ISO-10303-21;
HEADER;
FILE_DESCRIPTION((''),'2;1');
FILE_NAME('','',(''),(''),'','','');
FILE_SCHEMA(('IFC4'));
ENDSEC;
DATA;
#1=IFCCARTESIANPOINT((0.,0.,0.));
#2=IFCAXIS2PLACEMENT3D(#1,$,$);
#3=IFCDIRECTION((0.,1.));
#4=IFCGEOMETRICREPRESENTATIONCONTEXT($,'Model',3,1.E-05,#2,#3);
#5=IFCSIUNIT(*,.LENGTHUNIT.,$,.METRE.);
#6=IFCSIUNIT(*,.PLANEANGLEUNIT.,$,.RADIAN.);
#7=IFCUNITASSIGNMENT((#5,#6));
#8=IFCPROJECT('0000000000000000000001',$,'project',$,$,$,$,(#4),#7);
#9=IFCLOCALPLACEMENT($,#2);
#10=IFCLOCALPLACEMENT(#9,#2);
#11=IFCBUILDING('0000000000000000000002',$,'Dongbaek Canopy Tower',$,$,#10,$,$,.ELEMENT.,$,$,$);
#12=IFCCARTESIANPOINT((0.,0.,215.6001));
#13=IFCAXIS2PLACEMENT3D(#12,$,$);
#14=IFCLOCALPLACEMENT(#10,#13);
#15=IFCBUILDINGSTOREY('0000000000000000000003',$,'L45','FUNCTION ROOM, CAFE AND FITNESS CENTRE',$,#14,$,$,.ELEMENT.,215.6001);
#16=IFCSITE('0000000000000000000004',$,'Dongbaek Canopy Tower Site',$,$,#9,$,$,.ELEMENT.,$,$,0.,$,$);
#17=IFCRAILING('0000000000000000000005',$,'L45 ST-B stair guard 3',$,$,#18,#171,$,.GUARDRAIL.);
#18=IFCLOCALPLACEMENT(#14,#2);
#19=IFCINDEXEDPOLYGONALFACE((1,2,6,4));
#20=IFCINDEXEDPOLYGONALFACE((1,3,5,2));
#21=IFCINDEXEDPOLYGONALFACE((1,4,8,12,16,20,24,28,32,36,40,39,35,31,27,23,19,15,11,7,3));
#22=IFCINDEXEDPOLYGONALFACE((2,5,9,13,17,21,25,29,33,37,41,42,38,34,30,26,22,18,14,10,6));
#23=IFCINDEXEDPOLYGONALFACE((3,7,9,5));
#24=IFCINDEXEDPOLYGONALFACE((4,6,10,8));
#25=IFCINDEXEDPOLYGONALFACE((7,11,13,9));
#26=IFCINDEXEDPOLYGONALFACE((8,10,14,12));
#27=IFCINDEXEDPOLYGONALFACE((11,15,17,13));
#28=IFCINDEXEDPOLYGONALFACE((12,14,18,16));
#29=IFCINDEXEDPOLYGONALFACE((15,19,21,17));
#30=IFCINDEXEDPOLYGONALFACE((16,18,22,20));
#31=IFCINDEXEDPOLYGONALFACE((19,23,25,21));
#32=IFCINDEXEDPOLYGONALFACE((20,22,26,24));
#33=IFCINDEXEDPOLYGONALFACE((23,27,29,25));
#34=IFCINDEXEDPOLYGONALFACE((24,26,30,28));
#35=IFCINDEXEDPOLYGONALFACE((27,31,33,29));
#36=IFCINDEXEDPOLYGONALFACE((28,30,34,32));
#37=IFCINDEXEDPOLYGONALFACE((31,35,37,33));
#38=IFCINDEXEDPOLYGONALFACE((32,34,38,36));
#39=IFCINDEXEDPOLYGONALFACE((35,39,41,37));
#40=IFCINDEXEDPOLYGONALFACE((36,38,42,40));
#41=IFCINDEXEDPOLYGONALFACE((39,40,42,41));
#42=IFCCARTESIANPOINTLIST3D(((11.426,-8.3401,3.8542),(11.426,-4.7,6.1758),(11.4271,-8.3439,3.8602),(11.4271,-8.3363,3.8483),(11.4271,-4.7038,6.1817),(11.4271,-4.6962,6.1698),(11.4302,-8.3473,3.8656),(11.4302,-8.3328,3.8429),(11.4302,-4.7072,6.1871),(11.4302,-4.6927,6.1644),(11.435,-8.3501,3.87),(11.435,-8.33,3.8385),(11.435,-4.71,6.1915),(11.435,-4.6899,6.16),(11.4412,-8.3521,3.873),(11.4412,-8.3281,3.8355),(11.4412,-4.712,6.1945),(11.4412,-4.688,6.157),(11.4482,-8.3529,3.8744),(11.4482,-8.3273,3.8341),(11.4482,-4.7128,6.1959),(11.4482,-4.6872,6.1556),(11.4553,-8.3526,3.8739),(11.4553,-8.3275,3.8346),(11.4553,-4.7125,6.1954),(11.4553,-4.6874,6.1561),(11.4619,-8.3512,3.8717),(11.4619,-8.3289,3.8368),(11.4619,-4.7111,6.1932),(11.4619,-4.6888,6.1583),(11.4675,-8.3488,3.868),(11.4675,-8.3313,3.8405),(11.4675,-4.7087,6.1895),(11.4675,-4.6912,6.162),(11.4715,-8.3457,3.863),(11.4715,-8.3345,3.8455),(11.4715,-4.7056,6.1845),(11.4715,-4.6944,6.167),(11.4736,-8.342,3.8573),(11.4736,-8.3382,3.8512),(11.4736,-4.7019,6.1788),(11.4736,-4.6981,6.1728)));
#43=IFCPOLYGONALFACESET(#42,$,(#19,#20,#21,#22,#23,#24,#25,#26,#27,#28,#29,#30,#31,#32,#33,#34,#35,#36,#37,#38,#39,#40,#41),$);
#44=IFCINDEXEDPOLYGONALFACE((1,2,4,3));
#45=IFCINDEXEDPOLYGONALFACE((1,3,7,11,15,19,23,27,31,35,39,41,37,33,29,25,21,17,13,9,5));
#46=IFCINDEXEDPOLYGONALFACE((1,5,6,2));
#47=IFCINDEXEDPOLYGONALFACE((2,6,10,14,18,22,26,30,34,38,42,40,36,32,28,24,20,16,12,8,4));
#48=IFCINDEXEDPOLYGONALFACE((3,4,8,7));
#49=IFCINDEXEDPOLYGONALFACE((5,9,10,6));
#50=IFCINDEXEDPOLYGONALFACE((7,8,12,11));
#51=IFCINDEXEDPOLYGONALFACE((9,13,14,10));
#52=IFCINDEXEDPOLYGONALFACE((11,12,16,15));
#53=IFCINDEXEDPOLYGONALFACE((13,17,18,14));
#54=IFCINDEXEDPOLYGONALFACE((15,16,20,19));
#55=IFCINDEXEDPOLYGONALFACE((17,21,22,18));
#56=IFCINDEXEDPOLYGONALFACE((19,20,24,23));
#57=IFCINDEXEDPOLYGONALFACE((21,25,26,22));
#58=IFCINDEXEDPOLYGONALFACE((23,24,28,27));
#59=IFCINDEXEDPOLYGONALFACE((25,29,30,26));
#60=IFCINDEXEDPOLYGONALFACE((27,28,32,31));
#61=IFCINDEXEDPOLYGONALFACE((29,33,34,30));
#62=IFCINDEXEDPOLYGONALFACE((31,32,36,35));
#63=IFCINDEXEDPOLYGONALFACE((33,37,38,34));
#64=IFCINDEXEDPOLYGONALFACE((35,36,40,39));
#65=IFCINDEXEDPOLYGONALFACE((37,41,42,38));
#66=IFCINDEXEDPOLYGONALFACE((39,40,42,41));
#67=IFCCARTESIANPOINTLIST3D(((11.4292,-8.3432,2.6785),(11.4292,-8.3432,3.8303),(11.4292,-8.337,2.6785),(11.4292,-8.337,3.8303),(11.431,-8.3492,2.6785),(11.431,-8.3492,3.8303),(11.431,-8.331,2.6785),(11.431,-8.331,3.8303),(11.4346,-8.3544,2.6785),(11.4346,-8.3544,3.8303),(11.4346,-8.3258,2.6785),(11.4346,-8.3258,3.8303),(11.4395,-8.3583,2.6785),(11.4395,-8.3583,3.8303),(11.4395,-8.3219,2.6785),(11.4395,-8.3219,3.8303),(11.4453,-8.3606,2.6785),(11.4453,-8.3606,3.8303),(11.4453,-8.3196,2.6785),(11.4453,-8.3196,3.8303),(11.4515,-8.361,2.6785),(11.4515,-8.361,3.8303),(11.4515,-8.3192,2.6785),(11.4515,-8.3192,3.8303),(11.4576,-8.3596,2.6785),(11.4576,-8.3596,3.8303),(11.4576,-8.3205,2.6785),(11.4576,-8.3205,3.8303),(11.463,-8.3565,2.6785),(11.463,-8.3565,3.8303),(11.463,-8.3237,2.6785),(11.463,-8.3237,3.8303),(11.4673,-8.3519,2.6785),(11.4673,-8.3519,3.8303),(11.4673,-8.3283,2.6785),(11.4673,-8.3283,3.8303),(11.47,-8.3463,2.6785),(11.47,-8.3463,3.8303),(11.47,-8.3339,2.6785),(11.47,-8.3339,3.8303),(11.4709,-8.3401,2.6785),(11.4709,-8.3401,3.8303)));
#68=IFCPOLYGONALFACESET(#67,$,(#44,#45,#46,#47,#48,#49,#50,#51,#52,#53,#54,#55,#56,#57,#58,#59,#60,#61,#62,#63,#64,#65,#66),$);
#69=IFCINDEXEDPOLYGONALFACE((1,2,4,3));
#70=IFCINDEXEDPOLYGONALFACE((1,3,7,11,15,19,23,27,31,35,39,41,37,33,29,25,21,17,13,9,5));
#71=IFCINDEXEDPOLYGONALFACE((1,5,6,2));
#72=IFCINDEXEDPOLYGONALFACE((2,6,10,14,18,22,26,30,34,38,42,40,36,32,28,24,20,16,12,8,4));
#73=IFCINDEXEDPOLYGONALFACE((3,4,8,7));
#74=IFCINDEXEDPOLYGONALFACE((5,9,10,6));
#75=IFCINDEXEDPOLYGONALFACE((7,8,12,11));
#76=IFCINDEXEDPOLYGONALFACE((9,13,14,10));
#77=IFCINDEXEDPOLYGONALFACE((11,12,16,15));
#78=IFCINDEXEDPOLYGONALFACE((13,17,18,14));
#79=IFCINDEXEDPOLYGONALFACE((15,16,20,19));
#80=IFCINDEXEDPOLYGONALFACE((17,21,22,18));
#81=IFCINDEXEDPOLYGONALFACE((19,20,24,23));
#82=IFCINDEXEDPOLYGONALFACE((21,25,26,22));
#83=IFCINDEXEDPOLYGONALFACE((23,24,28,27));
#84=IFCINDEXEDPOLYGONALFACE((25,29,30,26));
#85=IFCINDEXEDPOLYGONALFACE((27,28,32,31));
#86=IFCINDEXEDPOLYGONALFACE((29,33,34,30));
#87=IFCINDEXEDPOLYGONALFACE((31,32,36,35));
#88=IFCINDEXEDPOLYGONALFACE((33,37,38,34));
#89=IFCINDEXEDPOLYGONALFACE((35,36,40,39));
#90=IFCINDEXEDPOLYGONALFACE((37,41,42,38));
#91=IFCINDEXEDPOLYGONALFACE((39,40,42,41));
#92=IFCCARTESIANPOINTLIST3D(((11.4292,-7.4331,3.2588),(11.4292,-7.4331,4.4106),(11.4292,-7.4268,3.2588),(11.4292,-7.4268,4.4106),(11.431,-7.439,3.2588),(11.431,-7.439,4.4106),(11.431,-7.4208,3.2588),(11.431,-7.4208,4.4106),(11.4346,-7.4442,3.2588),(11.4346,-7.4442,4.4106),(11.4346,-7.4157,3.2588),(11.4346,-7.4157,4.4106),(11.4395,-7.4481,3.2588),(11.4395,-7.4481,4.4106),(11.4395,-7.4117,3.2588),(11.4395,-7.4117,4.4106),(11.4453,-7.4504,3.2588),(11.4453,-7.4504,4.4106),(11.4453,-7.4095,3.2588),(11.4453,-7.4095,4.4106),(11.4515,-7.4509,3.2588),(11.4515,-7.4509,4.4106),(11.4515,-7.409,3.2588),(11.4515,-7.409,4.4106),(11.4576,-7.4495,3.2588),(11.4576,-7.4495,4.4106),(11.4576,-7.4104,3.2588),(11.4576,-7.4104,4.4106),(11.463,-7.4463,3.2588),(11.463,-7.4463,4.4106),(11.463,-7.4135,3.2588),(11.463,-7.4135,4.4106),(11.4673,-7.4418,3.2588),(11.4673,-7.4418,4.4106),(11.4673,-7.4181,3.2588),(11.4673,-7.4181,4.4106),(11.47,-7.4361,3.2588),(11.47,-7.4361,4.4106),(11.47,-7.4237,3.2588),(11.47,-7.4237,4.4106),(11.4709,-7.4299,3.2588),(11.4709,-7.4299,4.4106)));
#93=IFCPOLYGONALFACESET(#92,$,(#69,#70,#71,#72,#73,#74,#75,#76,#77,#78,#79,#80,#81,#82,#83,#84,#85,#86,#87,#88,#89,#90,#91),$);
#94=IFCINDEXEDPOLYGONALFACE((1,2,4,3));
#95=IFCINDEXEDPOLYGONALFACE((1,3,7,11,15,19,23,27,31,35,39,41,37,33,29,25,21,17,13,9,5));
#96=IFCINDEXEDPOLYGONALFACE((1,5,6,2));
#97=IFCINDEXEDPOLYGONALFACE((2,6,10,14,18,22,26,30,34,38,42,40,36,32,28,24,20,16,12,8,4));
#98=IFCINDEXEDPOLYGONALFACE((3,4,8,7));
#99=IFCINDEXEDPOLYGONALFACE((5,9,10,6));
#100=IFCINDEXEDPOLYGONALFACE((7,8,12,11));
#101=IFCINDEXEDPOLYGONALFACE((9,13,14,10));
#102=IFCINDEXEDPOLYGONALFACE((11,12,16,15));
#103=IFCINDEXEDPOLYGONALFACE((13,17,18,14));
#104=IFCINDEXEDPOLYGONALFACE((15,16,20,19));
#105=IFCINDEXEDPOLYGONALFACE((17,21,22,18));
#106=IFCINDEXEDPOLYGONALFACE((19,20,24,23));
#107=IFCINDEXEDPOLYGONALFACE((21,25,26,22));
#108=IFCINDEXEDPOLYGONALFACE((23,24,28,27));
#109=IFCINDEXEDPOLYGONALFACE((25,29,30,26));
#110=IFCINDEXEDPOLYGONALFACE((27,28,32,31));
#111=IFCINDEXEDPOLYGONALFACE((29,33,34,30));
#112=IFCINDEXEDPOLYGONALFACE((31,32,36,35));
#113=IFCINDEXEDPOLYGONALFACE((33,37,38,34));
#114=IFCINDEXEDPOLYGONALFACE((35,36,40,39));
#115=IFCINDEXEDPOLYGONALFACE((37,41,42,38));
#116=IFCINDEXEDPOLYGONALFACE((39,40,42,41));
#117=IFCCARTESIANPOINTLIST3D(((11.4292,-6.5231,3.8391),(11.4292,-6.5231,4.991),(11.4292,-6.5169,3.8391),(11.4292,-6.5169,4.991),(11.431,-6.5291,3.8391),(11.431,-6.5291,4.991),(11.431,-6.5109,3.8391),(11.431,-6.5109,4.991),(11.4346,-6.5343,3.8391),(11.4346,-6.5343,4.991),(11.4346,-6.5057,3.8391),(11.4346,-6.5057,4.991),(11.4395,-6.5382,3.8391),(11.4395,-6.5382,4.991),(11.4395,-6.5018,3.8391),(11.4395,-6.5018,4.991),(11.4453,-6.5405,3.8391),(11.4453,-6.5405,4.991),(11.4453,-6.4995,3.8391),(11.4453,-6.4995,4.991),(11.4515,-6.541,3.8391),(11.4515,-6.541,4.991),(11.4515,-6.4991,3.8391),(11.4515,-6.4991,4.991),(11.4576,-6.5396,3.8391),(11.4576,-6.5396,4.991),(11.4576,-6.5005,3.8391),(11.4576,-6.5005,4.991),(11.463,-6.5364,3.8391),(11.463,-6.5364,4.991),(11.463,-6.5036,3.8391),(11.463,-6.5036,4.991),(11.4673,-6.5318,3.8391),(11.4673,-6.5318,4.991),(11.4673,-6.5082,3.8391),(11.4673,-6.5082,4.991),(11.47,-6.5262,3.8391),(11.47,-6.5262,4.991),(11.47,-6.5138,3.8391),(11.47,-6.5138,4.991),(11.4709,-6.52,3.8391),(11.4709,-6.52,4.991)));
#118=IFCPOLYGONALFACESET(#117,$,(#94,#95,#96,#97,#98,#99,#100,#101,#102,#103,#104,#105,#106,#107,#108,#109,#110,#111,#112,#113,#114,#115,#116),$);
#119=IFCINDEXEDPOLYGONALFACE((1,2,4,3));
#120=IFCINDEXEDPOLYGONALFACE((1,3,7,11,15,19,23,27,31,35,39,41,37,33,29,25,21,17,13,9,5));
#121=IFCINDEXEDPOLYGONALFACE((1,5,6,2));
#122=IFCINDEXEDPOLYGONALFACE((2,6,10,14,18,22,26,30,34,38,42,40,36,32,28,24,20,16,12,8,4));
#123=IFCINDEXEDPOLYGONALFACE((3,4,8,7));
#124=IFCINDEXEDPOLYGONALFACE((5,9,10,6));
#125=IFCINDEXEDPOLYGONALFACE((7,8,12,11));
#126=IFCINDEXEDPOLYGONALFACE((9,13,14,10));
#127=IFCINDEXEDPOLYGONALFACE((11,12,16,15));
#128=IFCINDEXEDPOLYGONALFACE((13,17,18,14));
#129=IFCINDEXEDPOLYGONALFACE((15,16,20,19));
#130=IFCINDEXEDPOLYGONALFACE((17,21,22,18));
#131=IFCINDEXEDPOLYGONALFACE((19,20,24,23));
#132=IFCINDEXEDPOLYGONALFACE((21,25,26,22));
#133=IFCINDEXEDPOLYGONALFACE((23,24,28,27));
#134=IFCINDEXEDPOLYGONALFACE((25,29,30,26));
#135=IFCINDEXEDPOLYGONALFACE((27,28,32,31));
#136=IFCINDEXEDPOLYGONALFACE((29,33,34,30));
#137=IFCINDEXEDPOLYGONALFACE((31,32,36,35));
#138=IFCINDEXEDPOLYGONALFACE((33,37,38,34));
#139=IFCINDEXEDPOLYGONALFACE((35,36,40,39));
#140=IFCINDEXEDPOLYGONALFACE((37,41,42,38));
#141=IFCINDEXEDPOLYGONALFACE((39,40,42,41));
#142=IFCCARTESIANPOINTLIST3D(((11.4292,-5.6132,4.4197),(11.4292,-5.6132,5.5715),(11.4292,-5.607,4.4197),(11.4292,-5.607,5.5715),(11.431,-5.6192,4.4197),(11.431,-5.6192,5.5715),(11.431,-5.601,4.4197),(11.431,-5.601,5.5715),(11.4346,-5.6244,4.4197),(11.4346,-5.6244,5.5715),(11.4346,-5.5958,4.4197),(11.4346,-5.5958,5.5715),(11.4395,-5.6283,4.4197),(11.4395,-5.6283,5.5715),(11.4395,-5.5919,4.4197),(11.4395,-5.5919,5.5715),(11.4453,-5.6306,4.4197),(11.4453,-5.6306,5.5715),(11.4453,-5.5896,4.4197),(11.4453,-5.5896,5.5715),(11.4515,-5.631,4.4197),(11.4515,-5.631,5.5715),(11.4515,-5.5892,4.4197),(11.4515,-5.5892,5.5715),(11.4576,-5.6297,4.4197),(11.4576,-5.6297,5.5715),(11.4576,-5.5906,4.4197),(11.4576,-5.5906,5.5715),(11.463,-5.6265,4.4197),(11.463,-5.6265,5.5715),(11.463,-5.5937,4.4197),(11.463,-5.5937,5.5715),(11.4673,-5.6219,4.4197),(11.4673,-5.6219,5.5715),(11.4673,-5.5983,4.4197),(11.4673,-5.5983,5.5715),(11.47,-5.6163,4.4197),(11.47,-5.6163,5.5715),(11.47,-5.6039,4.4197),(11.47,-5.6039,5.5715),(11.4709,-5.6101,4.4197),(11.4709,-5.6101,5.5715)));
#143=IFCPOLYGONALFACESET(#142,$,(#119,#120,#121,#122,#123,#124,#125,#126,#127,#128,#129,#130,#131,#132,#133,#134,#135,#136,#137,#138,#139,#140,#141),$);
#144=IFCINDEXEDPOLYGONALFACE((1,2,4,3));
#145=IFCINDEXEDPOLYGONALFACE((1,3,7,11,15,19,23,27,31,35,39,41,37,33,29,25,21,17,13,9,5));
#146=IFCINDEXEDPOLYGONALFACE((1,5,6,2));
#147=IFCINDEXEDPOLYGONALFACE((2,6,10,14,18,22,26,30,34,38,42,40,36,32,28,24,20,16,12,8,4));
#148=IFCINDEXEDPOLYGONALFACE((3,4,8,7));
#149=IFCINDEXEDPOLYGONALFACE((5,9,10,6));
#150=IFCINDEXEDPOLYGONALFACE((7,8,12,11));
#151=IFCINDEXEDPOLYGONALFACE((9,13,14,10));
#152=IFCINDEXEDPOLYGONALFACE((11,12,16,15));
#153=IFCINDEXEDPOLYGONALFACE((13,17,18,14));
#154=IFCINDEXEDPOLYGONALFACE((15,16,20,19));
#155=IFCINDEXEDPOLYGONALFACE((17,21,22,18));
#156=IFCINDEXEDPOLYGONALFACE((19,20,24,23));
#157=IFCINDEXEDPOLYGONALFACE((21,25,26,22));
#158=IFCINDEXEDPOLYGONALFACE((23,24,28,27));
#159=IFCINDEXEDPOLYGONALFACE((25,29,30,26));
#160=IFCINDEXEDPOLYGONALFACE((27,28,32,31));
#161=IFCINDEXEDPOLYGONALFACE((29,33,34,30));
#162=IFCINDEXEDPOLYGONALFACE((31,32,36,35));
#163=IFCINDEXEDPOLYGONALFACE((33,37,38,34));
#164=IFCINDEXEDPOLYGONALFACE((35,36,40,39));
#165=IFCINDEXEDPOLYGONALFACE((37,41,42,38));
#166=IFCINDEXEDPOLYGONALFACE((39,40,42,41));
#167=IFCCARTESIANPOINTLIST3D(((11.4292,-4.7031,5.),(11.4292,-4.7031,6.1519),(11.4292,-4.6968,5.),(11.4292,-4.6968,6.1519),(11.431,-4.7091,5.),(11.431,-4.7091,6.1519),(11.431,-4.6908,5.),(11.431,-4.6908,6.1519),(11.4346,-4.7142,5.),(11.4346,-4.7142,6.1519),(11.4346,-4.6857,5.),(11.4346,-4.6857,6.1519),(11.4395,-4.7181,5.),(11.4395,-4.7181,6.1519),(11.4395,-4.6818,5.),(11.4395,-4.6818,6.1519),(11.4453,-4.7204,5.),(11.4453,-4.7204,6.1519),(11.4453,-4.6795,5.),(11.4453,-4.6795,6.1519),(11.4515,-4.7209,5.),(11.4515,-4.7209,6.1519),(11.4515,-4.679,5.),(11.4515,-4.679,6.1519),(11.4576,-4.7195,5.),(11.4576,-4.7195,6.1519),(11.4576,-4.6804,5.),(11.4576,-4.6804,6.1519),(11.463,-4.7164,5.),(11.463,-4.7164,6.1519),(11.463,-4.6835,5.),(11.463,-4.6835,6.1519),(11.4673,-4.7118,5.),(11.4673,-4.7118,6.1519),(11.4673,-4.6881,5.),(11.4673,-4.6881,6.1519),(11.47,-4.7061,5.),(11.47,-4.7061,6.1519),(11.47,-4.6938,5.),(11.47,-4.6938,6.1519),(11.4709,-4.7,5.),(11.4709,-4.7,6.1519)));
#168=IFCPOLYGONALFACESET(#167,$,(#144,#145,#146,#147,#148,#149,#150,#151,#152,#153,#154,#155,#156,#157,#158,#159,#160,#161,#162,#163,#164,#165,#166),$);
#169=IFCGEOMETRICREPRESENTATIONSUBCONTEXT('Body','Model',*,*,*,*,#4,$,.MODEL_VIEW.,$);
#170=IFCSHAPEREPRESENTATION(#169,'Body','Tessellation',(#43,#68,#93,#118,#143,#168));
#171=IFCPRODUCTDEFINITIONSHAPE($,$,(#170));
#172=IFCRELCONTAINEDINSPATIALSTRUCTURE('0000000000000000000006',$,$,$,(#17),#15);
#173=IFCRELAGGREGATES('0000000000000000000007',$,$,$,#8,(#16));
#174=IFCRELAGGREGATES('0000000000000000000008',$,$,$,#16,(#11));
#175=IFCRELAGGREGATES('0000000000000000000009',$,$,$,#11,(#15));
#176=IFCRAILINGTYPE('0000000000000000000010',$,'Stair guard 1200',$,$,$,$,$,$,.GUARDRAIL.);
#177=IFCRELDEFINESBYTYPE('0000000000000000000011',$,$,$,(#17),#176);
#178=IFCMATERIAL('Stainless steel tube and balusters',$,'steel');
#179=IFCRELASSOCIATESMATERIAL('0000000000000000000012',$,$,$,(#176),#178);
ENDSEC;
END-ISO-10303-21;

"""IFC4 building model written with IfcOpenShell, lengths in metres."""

from ifc_helpers import new_model, si_unit, direction, frame, origin, origin_2d, place, context, subcontext, project, spatial, circle, extrude, material, type_object, element, save


model = new_model("IFC4")

# Units and contexts
model_context = context("Model", 3, precision=1e-05, world=origin(), true_north=direction((0.0, 1.0)))
body_context = subcontext(model_context, "Body", "Model", "MODEL_VIEW")
ifc_project = project(units=[si_unit("LENGTHUNIT", "METRE"), si_unit("PLANEANGLEUNIT", "RADIAN")], contexts=[model_context])

# Site, building, storey
site_placement = place(None, origin())
site = spatial("IfcSite", under=ifc_project, at=site_placement, Name="Dongbaek Canopy Tower Site", CompositionType="ELEMENT", RefElevation=0.0)
building_placement = place(site_placement, origin())
building = spatial("IfcBuilding", under=site, at=building_placement, Name="Dongbaek Canopy Tower", CompositionType="ELEMENT")
storey_placement = place(building_placement, frame((0.0, 0.0, 215.6001)))
storey = spatial("IfcBuildingStorey", under=building, at=storey_placement, Name="L45", Description="FUNCTION ROOM, CAFE AND FITNESS CENTRE", CompositionType="ELEMENT", Elevation=215.6001)

# Railing
ifc_material_1 = material(Name="Stainless steel tube and balusters", Category="steel")
railing_type_1 = type_object("IfcRailingType", Name="Stair guard 1200", PredefinedType="GUARDRAIL", material=ifc_material_1)
railing_1_placement = place(storey_placement, frame((11.45, -8.3401, 2.6785)))
element("IfcRailing", 1, at=railing_1_placement, inside=storey, type_object=railing_type_1, Name="L45 ST-B stair guard 3", PredefinedType="GUARDRAIL", context=body_context, shape_type="SweptSolid", body=[
    extrude(circle(Radius=0.0239, at=origin_2d()), frame((0.0, 0.0, 1.1758), z_axis=(0.0, 0.843128, 0.537713), x_axis=(-1.0, 0.0, 0.0)), (0.0, 0.0, 1.0), 4.3174),
    extrude(circle(Radius=0.021, at=origin_2d()), origin(), (0.0, 0.0, 1.0), 1.1519),
    extrude(circle(Radius=0.021, at=origin_2d()), frame((0.0, 0.9102, 0.5803)), (0.0, 0.0, 1.0), 1.1519),
    extrude(circle(Radius=0.021, at=origin_2d()), frame((0.0, 1.8201, 1.1606)), (0.0, 0.0, 1.0), 1.1519),
    extrude(circle(Radius=0.021, at=origin_2d()), frame((0.0, 2.73, 1.7412)), (0.0, 0.0, 1.0), 1.1519),
    extrude(circle(Radius=0.021, at=origin_2d()), frame((0.0, 3.6401, 2.3215)), (0.0, 0.0, 1.0), 1.1519),
])

save(model, "model.ifc")
